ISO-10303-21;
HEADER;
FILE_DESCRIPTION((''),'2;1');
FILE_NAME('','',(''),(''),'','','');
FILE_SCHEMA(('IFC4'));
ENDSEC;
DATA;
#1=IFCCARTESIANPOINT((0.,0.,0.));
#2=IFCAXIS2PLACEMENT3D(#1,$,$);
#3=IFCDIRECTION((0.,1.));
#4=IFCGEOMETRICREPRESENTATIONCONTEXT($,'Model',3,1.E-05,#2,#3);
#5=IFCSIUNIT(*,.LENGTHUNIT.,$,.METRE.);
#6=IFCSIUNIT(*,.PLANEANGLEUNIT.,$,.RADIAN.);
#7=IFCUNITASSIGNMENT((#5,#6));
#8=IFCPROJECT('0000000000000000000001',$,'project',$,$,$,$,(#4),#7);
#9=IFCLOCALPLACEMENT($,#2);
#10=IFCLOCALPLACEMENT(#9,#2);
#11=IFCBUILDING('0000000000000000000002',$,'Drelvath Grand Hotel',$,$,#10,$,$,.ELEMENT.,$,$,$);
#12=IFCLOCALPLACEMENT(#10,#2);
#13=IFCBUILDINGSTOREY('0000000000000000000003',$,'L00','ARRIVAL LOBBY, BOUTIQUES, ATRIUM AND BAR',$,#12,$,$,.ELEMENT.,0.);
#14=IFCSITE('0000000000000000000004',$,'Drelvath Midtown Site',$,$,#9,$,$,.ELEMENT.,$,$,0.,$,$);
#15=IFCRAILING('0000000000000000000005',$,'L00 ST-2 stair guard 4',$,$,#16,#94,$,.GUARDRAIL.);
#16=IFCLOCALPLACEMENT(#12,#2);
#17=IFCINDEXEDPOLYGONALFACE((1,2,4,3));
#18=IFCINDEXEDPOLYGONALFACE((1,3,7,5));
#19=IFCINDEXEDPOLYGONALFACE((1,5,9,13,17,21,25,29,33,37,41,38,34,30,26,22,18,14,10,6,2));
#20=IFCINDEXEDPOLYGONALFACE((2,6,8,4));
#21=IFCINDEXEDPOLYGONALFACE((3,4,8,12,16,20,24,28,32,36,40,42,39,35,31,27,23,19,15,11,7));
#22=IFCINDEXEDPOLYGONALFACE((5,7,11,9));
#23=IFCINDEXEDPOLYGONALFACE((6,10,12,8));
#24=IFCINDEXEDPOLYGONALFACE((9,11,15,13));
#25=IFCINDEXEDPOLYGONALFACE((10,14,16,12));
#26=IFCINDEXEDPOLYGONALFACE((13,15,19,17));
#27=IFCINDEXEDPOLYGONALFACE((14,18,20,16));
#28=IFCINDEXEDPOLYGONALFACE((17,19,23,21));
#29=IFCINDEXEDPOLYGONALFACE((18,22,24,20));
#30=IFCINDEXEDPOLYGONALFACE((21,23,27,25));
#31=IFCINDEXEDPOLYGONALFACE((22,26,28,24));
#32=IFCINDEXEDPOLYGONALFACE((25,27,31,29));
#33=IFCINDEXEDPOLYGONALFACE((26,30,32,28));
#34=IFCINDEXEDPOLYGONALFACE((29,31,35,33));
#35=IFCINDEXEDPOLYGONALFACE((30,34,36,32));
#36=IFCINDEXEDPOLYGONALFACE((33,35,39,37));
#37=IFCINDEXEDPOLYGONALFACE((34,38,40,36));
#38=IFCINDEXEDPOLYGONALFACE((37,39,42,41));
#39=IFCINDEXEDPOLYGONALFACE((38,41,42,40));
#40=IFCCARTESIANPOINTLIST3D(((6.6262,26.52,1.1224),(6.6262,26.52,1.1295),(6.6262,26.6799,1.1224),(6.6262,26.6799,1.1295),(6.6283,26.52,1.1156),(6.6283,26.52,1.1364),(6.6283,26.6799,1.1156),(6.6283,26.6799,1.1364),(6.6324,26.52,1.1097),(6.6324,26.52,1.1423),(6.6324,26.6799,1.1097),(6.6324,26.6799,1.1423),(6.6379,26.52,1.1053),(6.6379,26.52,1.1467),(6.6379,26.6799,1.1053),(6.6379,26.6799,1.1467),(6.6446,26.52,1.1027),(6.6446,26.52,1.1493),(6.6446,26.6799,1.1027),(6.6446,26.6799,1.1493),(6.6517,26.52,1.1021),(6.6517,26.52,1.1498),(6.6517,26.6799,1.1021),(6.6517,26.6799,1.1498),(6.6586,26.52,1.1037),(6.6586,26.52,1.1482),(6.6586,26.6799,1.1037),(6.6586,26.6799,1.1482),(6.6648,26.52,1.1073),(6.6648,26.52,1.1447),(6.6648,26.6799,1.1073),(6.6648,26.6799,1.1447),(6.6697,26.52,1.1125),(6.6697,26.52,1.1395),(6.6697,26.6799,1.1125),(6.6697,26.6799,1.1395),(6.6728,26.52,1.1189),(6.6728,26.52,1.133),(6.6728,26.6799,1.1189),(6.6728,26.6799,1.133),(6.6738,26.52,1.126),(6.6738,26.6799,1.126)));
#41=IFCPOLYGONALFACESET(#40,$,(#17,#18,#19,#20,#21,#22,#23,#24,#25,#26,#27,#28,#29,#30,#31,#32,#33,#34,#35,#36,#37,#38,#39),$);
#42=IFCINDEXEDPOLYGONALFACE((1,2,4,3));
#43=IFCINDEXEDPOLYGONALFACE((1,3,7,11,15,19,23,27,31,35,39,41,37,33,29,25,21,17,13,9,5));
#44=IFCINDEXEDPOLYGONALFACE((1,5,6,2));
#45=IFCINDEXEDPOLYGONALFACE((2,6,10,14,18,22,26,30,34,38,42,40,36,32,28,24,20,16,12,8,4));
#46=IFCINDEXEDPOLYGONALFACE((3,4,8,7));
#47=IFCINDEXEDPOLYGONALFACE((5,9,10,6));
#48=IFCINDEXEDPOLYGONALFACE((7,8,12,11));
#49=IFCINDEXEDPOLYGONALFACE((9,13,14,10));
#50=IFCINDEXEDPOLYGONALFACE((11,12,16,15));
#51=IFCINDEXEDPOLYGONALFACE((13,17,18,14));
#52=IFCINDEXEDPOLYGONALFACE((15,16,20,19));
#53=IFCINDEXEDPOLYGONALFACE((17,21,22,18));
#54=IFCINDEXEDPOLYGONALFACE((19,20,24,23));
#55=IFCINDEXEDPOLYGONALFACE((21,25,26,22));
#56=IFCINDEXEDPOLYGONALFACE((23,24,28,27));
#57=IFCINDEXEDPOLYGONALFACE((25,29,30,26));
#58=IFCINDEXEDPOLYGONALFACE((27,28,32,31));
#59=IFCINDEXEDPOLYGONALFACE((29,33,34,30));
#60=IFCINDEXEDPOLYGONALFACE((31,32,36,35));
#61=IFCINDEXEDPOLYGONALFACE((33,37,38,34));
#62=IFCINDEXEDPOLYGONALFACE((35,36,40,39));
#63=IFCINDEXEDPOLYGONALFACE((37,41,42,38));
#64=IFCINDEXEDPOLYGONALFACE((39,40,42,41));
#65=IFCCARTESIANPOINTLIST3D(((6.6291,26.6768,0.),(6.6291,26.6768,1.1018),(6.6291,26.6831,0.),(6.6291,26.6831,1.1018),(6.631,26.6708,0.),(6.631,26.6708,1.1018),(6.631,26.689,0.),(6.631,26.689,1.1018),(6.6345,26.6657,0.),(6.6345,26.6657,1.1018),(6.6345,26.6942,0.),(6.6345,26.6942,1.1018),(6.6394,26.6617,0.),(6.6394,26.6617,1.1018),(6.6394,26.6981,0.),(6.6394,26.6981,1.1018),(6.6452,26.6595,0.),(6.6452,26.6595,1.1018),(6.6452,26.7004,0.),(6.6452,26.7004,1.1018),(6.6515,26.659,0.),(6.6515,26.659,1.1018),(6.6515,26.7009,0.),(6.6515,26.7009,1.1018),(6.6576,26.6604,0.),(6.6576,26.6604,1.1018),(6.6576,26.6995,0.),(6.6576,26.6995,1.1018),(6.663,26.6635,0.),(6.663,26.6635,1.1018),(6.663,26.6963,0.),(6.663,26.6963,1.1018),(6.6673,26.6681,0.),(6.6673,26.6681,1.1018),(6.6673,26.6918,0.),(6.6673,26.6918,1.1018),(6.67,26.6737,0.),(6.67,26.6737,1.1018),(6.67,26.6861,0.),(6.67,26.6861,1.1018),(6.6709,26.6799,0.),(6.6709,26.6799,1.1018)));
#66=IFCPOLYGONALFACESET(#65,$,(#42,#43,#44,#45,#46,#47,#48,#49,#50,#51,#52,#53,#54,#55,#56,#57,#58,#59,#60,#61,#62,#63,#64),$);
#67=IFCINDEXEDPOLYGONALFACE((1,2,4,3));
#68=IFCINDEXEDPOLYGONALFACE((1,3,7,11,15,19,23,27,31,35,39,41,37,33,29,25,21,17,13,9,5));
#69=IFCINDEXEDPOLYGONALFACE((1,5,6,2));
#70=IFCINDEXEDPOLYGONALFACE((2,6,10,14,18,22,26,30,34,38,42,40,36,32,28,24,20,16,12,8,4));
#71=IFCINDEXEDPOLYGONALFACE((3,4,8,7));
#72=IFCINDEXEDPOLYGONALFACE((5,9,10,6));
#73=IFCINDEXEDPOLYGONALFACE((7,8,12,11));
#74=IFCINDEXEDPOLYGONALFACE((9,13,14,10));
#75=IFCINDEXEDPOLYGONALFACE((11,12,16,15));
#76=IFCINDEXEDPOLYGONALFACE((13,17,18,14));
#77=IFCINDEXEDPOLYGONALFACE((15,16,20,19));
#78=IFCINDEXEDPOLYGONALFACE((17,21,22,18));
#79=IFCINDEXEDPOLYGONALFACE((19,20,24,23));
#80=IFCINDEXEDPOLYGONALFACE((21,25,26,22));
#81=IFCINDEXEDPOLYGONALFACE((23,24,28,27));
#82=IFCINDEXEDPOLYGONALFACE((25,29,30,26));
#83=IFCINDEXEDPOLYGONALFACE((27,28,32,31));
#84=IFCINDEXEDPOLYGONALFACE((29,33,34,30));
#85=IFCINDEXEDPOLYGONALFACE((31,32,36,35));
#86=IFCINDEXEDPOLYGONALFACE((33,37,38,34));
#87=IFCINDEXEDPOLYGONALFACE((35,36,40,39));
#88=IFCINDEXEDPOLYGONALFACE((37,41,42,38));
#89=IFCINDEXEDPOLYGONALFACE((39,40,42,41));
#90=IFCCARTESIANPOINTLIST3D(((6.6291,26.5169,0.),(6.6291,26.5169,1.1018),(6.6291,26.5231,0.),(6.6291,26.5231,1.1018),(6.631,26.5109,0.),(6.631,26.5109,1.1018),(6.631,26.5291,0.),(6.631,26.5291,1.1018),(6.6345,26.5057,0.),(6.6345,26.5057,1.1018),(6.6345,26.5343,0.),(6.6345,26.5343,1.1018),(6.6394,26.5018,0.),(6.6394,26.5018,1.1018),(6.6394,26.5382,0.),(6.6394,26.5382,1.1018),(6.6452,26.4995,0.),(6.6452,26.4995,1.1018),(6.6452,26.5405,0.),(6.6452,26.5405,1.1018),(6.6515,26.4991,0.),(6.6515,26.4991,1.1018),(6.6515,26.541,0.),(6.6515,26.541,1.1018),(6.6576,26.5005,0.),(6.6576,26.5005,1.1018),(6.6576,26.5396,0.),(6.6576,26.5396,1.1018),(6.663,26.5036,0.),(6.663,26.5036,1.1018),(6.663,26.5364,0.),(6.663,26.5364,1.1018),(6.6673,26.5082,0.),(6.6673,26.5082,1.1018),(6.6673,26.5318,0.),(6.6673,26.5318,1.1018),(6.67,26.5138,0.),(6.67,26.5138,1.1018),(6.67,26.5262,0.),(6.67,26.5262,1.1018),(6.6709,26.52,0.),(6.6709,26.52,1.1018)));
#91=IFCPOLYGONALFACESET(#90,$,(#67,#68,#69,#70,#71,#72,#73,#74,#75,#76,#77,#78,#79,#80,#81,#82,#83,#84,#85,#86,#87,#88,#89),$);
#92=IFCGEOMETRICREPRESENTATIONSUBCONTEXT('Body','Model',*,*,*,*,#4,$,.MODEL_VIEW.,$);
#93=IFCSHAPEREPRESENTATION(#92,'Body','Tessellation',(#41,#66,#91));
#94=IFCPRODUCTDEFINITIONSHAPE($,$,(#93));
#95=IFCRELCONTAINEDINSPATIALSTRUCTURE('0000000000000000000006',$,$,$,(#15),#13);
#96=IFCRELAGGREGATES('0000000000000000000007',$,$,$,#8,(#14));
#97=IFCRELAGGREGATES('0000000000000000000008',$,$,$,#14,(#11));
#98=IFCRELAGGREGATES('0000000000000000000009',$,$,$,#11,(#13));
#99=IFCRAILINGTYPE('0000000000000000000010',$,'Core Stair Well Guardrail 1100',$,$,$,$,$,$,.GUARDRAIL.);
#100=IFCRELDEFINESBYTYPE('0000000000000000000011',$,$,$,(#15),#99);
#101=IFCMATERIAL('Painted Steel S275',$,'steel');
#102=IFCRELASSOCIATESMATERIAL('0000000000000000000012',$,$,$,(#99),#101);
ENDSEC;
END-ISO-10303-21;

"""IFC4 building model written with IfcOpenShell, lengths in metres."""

from ifc_helpers import new_model, si_unit, direction, frame, origin, origin_2d, place, context, subcontext, project, spatial, circle, extrude, material, type_object, element, save


model = new_model("IFC4")

# Units and contexts
model_context = context("Model", 3, precision=1e-05, world=origin(), true_north=direction((0.0, 1.0)))
body_context = subcontext(model_context, "Body", "Model", "MODEL_VIEW")
ifc_project = project(units=[si_unit("LENGTHUNIT", "METRE"), si_unit("PLANEANGLEUNIT", "RADIAN")], contexts=[model_context])

# Site, building, storey
site_placement = place(None, origin())
site = spatial("IfcSite", under=ifc_project, at=site_placement, Name="Drelvath Midtown Site", CompositionType="ELEMENT", RefElevation=0.0)
building_placement = place(site_placement, origin())
building = spatial("IfcBuilding", under=site, at=building_placement, Name="Drelvath Grand Hotel", CompositionType="ELEMENT")
storey_placement = place(building_placement, origin())
storey = spatial("IfcBuildingStorey", under=building, at=storey_placement, Name="L00", Description="ARRIVAL LOBBY, BOUTIQUES, ATRIUM AND BAR", CompositionType="ELEMENT", Elevation=0.0)

# Shared definitions
ifc_material_1 = material(Name="Painted Steel S275", Category="steel")

# Railing
railing_type_1 = type_object("IfcRailingType", Name="Core Stair Well Guardrail 1100", PredefinedType="GUARDRAIL", material=ifc_material_1)
railing_1_placement = place(storey_placement, frame((6.6499, 26.6799, 0.0)))
element("IfcRailing", 1, at=railing_1_placement, inside=storey, type_object=railing_type_1, Name="L00 ST-2 stair guard 4", PredefinedType="GUARDRAIL", context=body_context, shape_type="SweptSolid", body=[
    extrude(circle(Radius=0.0239, at=origin_2d()), frame((0.0, 0.0, 1.126), z_axis=(0.0, -1.0, 0.0), x_axis=(1.0, 0.0, 0.0)), (0.0, 0.0, 1.0), 0.1599),
    extrude(circle(Radius=0.021, at=origin_2d()), origin(), (0.0, 0.0, 1.0), 1.1018),
    extrude(circle(Radius=0.021, at=origin_2d()), frame((0.0, -0.1599, 0.0)), (0.0, 0.0, 1.0), 1.1018),
])

save(model, "model.ifc")
